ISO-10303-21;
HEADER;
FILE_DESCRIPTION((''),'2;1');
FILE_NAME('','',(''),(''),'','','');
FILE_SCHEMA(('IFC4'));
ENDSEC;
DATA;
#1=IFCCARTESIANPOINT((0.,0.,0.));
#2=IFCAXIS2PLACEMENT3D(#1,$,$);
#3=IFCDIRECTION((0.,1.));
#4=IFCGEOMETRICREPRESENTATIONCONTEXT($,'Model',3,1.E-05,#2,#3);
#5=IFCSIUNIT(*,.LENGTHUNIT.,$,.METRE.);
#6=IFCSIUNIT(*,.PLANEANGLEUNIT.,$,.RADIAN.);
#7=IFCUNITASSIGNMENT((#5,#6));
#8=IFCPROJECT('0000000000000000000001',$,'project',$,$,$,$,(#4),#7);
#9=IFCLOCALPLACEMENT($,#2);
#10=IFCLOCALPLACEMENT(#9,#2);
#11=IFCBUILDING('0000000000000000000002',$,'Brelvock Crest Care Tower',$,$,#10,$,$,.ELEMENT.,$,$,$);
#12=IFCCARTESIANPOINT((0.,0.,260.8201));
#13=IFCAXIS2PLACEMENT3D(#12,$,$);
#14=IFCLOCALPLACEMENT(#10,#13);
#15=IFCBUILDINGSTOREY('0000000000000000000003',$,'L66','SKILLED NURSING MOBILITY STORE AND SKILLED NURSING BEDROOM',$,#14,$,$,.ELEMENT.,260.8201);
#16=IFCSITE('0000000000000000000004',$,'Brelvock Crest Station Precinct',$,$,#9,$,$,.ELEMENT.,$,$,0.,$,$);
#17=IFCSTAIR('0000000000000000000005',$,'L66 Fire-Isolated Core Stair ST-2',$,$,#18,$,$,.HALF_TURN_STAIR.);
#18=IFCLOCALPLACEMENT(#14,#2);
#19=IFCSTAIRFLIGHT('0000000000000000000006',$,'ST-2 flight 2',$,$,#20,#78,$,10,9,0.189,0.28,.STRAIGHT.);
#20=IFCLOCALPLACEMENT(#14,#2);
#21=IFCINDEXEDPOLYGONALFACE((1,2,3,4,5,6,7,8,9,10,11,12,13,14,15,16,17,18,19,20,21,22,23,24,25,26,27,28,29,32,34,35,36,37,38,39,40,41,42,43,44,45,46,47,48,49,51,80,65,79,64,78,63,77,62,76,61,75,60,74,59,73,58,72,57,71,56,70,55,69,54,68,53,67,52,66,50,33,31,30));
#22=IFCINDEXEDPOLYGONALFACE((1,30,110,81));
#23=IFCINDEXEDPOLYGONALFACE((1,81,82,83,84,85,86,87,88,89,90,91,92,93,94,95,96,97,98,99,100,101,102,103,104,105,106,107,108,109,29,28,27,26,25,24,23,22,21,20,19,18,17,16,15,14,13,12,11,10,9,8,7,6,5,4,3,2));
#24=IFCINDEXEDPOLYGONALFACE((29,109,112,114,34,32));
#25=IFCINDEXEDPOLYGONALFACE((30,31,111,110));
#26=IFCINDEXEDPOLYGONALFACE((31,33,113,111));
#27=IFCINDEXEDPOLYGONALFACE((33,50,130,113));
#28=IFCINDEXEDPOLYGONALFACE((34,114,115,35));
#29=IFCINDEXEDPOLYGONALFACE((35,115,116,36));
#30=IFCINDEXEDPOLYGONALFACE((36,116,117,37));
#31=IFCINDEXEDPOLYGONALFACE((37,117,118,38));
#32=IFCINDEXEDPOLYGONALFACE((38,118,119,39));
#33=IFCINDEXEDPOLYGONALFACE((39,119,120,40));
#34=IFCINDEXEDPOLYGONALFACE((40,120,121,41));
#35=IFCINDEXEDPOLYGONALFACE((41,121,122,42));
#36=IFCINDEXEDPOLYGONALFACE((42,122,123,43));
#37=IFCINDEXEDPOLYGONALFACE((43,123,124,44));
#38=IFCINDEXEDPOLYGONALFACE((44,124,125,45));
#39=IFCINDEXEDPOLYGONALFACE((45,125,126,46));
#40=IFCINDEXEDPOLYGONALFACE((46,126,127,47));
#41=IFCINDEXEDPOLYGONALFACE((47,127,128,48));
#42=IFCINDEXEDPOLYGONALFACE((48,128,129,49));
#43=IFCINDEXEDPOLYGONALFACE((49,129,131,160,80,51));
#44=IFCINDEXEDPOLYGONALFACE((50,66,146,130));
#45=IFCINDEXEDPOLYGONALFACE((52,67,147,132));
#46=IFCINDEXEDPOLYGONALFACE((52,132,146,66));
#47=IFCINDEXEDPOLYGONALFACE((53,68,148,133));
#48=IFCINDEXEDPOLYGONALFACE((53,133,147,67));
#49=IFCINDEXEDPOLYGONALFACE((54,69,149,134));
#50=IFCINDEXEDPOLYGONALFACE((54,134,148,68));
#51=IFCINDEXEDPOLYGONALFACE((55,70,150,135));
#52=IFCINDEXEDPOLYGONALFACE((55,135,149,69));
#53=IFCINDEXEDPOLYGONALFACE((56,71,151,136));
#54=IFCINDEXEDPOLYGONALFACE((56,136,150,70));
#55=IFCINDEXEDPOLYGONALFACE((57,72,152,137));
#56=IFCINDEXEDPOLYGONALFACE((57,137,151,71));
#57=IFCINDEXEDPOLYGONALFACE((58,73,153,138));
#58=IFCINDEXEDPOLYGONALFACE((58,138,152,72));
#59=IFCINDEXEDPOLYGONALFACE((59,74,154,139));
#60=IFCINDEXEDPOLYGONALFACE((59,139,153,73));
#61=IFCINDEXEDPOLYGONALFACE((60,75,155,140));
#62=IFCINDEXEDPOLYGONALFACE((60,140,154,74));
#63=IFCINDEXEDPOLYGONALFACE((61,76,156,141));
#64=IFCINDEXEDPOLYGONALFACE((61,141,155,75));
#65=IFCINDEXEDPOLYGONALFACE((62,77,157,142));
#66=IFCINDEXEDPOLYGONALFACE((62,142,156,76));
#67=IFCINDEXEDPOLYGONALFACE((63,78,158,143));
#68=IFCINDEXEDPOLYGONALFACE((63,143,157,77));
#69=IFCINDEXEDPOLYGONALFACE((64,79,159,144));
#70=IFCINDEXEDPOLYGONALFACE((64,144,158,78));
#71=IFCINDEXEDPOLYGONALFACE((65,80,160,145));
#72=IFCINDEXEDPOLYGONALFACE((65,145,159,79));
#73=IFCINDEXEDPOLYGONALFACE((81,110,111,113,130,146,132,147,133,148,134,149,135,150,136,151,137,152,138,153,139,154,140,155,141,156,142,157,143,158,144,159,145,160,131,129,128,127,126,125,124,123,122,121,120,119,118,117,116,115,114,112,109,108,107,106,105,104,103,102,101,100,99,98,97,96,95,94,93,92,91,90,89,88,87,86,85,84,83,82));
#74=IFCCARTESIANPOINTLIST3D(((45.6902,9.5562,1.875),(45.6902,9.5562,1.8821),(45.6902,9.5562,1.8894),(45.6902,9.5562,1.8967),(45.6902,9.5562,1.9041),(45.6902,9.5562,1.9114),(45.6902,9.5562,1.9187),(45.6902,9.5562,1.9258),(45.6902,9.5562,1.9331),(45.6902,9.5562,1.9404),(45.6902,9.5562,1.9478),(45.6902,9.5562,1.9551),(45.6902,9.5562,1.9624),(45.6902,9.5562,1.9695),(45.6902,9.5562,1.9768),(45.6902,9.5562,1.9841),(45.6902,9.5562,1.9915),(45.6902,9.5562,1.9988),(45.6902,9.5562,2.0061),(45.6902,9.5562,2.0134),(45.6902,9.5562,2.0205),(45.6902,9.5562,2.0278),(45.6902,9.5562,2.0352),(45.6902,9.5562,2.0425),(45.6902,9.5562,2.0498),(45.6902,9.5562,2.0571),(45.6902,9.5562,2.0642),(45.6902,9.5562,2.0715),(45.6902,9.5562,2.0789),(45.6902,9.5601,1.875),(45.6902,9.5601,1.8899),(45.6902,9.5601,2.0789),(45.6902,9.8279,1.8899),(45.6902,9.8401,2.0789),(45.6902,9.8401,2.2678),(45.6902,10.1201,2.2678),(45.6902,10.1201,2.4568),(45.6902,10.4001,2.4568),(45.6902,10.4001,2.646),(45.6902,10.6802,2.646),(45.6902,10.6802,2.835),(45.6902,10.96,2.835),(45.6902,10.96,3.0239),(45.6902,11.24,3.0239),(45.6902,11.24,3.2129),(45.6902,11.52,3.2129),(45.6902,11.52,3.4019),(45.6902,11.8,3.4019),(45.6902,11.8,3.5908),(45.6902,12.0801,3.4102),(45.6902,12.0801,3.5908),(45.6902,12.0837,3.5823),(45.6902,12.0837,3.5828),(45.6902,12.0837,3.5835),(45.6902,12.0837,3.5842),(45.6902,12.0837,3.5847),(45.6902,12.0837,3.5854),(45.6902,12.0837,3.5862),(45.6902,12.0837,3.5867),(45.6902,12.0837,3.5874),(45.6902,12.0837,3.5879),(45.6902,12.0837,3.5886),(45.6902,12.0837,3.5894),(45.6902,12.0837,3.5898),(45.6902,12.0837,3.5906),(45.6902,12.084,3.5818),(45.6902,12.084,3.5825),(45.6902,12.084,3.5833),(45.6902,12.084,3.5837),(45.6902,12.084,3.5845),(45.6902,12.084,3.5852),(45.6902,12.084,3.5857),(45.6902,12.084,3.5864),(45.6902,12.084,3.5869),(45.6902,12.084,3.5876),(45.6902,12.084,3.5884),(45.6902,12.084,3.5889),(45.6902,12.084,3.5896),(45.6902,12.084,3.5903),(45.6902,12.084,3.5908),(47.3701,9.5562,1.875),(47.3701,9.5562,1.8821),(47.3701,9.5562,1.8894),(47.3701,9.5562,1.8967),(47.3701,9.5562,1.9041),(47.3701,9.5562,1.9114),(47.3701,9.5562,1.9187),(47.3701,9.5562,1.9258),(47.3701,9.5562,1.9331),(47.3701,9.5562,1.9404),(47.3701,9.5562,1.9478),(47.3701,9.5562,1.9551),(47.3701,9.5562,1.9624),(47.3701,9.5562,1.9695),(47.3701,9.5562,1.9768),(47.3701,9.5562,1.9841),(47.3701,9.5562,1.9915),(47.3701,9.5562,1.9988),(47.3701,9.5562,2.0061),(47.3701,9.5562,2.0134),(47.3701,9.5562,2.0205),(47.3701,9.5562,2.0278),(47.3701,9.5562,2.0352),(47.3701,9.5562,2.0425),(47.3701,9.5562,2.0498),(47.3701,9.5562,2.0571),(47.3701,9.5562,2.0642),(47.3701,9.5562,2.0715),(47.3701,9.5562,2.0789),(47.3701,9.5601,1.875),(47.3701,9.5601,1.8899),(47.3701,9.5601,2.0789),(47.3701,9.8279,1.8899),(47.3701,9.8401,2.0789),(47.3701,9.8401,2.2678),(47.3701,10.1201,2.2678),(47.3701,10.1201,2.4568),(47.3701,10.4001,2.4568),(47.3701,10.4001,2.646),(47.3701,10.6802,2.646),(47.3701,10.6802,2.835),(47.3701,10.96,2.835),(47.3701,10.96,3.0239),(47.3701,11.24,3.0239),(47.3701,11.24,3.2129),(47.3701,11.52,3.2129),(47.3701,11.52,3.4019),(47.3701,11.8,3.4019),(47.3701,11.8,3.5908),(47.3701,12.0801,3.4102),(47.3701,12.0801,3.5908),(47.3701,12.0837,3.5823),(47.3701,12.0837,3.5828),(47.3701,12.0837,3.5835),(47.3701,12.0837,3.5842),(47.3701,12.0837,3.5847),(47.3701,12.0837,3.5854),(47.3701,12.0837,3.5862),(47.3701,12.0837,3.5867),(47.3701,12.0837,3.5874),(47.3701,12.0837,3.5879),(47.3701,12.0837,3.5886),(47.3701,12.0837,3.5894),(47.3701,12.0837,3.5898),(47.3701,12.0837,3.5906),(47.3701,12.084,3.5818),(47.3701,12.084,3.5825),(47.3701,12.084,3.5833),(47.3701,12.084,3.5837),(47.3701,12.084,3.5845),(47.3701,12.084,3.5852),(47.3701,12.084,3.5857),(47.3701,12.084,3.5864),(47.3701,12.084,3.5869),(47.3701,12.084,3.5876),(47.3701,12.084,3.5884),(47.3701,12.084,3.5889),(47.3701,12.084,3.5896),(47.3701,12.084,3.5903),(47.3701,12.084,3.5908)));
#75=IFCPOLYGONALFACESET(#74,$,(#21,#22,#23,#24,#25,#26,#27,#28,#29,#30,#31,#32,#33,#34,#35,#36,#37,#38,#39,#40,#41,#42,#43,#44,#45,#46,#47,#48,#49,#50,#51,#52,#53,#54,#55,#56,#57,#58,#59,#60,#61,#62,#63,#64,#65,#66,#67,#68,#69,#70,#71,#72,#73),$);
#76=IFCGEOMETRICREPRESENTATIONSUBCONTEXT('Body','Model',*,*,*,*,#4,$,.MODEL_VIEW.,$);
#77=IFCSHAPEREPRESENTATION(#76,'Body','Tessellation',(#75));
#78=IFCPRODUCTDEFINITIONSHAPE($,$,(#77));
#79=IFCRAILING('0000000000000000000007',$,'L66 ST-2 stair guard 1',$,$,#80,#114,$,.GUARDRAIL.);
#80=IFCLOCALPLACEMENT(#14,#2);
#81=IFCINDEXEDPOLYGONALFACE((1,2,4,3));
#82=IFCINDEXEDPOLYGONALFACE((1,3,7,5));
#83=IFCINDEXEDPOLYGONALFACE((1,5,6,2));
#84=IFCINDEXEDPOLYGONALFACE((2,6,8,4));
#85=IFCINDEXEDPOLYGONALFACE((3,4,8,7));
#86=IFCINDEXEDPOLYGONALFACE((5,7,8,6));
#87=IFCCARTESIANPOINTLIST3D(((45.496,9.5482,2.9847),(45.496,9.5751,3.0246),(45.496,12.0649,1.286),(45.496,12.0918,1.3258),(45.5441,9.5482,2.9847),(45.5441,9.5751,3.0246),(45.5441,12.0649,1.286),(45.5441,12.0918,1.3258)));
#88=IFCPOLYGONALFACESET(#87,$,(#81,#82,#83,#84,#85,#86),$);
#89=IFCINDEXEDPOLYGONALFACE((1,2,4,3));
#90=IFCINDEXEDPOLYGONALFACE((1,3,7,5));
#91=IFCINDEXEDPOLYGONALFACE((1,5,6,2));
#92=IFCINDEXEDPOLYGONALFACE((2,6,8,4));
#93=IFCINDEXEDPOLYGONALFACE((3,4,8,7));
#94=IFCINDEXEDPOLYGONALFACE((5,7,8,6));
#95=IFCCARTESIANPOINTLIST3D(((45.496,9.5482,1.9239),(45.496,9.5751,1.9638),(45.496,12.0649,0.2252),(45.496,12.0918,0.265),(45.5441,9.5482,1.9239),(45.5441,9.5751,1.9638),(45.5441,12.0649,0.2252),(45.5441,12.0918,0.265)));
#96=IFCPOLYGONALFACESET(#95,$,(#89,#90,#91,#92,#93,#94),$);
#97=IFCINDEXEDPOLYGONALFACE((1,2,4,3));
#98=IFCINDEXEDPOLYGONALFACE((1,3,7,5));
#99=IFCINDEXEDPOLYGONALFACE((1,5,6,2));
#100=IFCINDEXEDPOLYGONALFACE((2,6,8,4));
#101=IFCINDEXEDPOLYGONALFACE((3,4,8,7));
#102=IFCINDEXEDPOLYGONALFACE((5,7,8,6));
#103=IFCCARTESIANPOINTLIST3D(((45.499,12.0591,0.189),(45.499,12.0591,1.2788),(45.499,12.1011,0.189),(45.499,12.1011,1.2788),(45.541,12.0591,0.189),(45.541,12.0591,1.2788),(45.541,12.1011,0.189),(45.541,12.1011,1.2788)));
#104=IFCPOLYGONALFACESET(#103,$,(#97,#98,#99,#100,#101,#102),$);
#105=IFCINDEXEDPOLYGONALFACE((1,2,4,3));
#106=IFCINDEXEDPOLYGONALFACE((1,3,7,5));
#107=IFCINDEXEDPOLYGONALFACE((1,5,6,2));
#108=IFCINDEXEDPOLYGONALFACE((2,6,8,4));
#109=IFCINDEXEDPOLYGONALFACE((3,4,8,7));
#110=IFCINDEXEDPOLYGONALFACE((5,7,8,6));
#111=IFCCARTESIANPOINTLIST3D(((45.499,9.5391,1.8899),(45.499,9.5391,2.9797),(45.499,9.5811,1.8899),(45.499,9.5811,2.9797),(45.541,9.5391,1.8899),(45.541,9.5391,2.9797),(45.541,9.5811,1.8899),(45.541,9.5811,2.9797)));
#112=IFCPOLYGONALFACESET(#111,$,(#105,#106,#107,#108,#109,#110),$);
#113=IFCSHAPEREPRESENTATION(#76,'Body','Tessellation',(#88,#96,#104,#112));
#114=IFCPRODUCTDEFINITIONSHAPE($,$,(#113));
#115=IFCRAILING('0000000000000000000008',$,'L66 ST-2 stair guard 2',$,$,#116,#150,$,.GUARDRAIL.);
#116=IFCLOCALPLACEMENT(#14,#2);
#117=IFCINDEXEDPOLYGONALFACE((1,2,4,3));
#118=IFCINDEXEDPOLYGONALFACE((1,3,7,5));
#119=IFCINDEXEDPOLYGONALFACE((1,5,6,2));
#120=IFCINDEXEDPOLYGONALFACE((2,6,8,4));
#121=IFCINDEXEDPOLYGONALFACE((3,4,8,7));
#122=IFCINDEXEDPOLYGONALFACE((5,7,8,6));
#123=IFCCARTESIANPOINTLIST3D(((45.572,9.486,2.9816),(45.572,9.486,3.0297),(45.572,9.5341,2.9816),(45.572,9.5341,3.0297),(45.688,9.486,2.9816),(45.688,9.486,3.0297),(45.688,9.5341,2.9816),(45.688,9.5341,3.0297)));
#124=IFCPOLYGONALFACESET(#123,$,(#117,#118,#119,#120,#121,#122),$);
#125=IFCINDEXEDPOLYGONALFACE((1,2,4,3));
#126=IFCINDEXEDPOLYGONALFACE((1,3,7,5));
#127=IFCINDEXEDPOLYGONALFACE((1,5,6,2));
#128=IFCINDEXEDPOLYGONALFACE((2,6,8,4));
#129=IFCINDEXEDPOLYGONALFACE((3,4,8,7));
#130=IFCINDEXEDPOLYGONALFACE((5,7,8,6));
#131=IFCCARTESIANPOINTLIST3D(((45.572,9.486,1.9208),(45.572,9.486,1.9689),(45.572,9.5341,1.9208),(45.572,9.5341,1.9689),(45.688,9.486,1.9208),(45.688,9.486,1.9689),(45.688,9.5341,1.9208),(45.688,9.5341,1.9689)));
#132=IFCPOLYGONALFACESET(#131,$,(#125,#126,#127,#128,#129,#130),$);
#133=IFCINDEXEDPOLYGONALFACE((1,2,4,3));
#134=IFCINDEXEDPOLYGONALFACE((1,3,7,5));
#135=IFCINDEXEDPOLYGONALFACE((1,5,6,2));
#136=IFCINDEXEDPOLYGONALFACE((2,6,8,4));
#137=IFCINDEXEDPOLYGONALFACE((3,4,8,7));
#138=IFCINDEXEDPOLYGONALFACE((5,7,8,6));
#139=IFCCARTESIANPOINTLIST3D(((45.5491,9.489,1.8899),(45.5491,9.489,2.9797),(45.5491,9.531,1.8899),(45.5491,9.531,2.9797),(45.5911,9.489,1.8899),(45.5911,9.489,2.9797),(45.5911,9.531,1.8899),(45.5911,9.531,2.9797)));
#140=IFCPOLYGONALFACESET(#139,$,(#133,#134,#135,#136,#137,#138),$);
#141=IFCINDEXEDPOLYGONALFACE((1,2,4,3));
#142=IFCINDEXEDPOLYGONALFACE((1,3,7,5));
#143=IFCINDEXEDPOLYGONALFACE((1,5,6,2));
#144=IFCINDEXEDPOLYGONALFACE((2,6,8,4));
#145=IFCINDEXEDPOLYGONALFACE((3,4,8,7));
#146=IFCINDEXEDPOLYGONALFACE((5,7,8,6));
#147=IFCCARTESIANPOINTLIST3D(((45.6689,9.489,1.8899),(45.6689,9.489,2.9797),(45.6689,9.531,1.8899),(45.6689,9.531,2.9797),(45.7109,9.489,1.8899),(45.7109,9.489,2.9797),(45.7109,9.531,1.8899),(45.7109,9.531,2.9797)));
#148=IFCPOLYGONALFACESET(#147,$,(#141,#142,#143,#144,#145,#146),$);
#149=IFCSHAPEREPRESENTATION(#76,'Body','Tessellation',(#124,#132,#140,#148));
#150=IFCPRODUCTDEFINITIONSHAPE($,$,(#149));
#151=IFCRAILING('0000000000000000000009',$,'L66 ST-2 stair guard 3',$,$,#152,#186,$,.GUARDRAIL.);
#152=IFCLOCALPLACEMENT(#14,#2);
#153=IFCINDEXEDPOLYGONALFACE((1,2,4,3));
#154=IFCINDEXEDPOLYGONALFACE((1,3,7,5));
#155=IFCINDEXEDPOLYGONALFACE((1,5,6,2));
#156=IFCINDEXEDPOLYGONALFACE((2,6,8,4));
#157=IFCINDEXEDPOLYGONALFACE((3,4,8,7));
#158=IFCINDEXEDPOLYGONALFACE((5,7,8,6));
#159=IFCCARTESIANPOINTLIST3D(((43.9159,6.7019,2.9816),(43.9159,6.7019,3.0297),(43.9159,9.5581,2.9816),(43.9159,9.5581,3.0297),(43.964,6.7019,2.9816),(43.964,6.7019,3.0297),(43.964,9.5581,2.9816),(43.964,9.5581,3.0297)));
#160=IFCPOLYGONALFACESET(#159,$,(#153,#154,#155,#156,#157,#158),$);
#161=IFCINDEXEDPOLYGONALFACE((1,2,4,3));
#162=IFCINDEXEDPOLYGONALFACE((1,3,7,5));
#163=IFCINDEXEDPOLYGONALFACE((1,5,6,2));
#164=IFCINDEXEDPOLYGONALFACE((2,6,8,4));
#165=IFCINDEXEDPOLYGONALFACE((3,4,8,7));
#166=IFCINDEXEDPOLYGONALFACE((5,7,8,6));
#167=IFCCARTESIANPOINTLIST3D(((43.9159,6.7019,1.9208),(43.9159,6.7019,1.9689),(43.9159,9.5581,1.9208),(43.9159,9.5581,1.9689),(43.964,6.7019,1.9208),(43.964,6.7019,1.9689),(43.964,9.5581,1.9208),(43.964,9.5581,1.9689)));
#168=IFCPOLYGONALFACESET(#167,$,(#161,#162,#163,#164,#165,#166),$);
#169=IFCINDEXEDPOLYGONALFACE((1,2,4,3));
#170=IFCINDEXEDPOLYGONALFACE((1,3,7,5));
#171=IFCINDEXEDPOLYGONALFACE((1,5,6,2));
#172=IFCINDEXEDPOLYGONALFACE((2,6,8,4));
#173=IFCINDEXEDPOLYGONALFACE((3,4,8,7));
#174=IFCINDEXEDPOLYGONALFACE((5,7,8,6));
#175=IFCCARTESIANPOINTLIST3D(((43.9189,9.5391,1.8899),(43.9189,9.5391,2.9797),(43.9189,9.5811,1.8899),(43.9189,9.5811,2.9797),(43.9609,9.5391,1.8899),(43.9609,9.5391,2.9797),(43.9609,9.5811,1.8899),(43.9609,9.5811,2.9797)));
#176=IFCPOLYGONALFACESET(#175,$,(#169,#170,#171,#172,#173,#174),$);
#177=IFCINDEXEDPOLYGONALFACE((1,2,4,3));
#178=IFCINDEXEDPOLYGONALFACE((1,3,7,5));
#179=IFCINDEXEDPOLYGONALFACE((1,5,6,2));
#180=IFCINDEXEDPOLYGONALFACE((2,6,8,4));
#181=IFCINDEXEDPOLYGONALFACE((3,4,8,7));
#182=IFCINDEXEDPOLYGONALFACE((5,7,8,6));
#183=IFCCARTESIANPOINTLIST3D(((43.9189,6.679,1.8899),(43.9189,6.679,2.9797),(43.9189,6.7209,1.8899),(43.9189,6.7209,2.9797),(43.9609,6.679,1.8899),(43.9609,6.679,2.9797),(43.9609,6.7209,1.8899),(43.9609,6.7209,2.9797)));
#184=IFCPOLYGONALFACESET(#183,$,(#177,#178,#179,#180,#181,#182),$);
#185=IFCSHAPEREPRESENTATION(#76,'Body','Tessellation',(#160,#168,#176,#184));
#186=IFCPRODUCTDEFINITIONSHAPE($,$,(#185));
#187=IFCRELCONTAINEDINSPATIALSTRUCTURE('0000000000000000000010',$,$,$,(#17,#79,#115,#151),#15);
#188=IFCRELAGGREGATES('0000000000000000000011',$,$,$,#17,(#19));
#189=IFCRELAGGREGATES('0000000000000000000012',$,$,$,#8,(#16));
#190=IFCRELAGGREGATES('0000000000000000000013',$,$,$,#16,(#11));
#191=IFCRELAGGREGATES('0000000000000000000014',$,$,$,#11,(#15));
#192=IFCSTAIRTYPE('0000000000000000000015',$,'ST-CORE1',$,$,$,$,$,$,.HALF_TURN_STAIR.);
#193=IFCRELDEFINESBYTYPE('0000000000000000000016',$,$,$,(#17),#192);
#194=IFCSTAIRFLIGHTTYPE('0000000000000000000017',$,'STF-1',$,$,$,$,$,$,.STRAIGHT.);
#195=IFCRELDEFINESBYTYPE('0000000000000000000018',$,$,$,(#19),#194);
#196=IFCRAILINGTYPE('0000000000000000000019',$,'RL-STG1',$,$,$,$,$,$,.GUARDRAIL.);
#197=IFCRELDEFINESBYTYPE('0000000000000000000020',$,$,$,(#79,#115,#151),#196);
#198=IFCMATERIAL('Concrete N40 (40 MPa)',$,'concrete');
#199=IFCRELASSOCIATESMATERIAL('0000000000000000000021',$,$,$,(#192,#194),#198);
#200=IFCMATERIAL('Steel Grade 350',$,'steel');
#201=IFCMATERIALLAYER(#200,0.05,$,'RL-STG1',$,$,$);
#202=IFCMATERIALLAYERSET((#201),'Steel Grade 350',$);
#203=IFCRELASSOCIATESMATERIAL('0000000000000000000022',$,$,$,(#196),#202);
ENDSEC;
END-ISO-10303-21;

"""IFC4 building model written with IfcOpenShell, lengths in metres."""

from ifc_helpers import new_model, si_unit, direction, frame, origin, origin_2d, place, context, subcontext, project, spatial, polyline, rectangle, outline, extrude, material, layer, layer_set, type_object, element, aggregate, save


model = new_model("IFC4")

# Units and contexts
model_context = context("Model", 3, precision=1e-05, world=origin(), true_north=direction((0.0, 1.0)))
body_context = subcontext(model_context, "Body", "Model", "MODEL_VIEW")
ifc_project = project(units=[si_unit("LENGTHUNIT", "METRE"), si_unit("PLANEANGLEUNIT", "RADIAN")], contexts=[model_context])

# Site, building, storey
site_placement = place(None, origin())
site = spatial("IfcSite", under=ifc_project, at=site_placement, Name="Brelvock Crest Station Precinct", CompositionType="ELEMENT", RefElevation=0.0)
building_placement = place(site_placement, origin())
building = spatial("IfcBuilding", under=site, at=building_placement, Name="Brelvock Crest Care Tower", CompositionType="ELEMENT")
storey_placement = place(building_placement, frame((0.0, 0.0, 260.8201)))
storey = spatial("IfcBuildingStorey", under=building, at=storey_placement, Name="L66", Description="SKILLED NURSING MOBILITY STORE AND SKILLED NURSING BEDROOM", CompositionType="ELEMENT", Elevation=260.8201)

# Shared definitions
ifc_material_1 = material(Name="Steel Grade 350", Category="steel")

# Stair, stair flight
ifc_material_2 = material(Name="Concrete N40 (40 MPa)", Category="concrete")
stair_type = type_object("IfcStairType", Name="ST-CORE1", PredefinedType="HALF_TURN_STAIR", material=ifc_material_2)
stair_placement = place(storey_placement, origin())
stair = element("IfcStair", 1, at=stair_placement, inside=storey, type_object=stair_type, Name="L66 Fire-Isolated Core Stair ST-2", PredefinedType="HALF_TURN_STAIR")
stair_flight_type = type_object("IfcStairFlightType", Name="STF-1", PredefinedType="STRAIGHT", material=ifc_material_2)
stair_flight_1_placement = place(storey_placement, frame((46.53, 9.5601, 1.8899), z_axis=(0.0, 0.0, 1.0), x_axis=(0.0, 1.0, 0.0)))
stair_flight_1 = element("IfcStairFlight", 2, at=stair_flight_1_placement, type_object=stair_flight_type, Name="ST-2 flight 2", NumberOfRisers=10, NumberOfTreads=9, PredefinedType="STRAIGHT", RiserHeight=0.189, TreadLength=0.28, context=body_context, shape_type="SweptSolid", body=[
    extrude(outline(polyline([(-0.0039, -0.0149), (-0.0039, -0.0078), (-0.0039, -0.0005), (-0.0039, 0.0068), (-0.0039, 0.0142), (-0.0039, 0.0215), (-0.0039, 0.0288), (-0.0039, 0.0359), (-0.0039, 0.0432), (-0.0039, 0.0505), (-0.0039, 0.0579), (-0.0039, 0.0652), (-0.0039, 0.0725), (-0.0039, 0.0796), (-0.0039, 0.0869), (-0.0039, 0.0942), (-0.0039, 0.1016), (-0.0039, 0.1089), (-0.0039, 0.1162), (-0.0039, 0.1235), (-0.0039, 0.1306), (-0.0039, 0.1379), (-0.0039, 0.1453), (-0.0039, 0.1526), (-0.0039, 0.1599), (-0.0039, 0.1672), (-0.0039, 0.1743), (-0.0039, 0.1816), (-0.0039, 0.189), (0.0, 0.189), (0.28, 0.189), (0.28, 0.3779), (0.5601, 0.3779), (0.5601, 0.5669), (0.8401, 0.5669), (0.8401, 0.7561), (1.1201, 0.7561), (1.1201, 0.9451), (1.3999, 0.9451), (1.3999, 1.134), (1.6799, 1.134), (1.6799, 1.323), (1.96, 1.323), (1.96, 1.512), (2.24, 1.512), (2.24, 1.7009), (2.52, 1.7009), (2.5239, 1.7009), (2.5237, 1.7007), (2.5239, 1.7004), (2.5237, 1.7), (2.5239, 1.6997), (2.5237, 1.6995), (2.5239, 1.699), (2.5237, 1.6987), (2.5239, 1.6985), (2.5237, 1.698), (2.5239, 1.6978), (2.5237, 1.6975), (2.5239, 1.697), (2.5237, 1.6968), (2.5239, 1.6965), (2.5237, 1.6963), (2.5239, 1.6958), (2.5237, 1.6956), (2.5239, 1.6953), (2.5237, 1.6948), (2.5239, 1.6946), (2.5237, 1.6943), (2.5239, 1.6938), (2.5237, 1.6936), (2.5239, 1.6934), (2.5237, 1.6929), (2.5239, 1.6926), (2.5237, 1.6924), (2.5239, 1.6919), (2.52, 1.5203), (0.2678, 0.0), (0.0, 0.0), (0.0, -0.0149), (-0.0039, -0.0149)])), frame((0.0, 0.8398, 0.0), z_axis=(0.0, -1.0, 0.0), x_axis=(1.0, 0.0, 0.0)), (0.0, 0.0, 1.0), 1.6799),
])
aggregate(stair, [stair_flight_1])

# Railings
ifc_layer_1 = layer(ifc_material_1, 0.05, Name="RL-STG1")
ifc_layer_set_1 = layer_set([ifc_layer_1], Name="Steel Grade 350")
railing_type_1 = type_object("IfcRailingType", Name="RL-STG1", PredefinedType="GUARDRAIL", material=ifc_layer_set_1)
railing_1_placement = place(storey_placement, frame((45.52, 12.0801, 0.189)))
element("IfcRailing", 3, at=railing_1_placement, inside=storey, type_object=railing_type_1, Name="L66 ST-2 stair guard 1", PredefinedType="GUARDRAIL", context=body_context, shape_type="SweptSolid", body=[
    extrude(rectangle(XDim=0.0481, YDim=0.0481, at=origin_2d()), frame((0.0, -0.0017, 1.1169), z_axis=(0.0, -0.828862, 0.559454), x_axis=(1.0, 0.0, 0.0)), (0.0, 0.0, 1.0), 3.0364),
    extrude(rectangle(XDim=0.0481, YDim=0.0481, at=origin_2d()), frame((0.0, -0.0017, 0.0562), z_axis=(0.0, -0.828862, 0.559454), x_axis=(1.0, 0.0, 0.0)), (0.0, 0.0, 1.0), 3.0364),
    extrude(rectangle(XDim=0.042, YDim=0.042, at=origin_2d()), origin(), (0.0, 0.0, 1.0), 1.0898),
    extrude(rectangle(XDim=0.042, YDim=0.042, at=origin_2d()), frame((0.0, -2.52, 1.7009)), (0.0, 0.0, 1.0), 1.0898),
])
railing_2_placement = place(storey_placement, frame((45.5701, 9.51, 1.8899)))
element("IfcRailing", 4, at=railing_2_placement, inside=storey, type_object=railing_type_1, Name="L66 ST-2 stair guard 2", PredefinedType="GUARDRAIL", context=body_context, shape_type="SweptSolid", body=[
    extrude(rectangle(XDim=0.0481, YDim=0.0481, at=origin_2d()), frame((0.002, 0.0, 1.1157), z_axis=(1.0, 0.0, 0.0), x_axis=(0.0, 1.0, 0.0)), (0.0, 0.0, 1.0), 0.116),
    extrude(rectangle(XDim=0.0481, YDim=0.0481, at=origin_2d()), frame((0.002, 0.0, 0.0549), z_axis=(1.0, 0.0, 0.0), x_axis=(0.0, 1.0, 0.0)), (0.0, 0.0, 1.0), 0.116),
    extrude(rectangle(XDim=0.042, YDim=0.042, at=origin_2d()), origin(), (0.0, 0.0, 1.0), 1.0898),
    extrude(rectangle(XDim=0.042, YDim=0.042, at=origin_2d()), frame((0.1199, 0.0, 0.0)), (0.0, 0.0, 1.0), 1.0898),
])
for number, where, name in (
    (5, (43.9399, 9.5601, 1.8899), "L66 ST-2 stair guard 3"),
):
    element("IfcRailing", number, at=place(storey_placement, frame(where)), inside=storey, type_object=railing_type_1, Name=name, PredefinedType="GUARDRAIL", context=body_context, shape_type="SweptSolid", body=[
        extrude(rectangle(XDim=0.0481, YDim=0.0481, at=origin_2d()), frame((0.0, -0.002, 1.1157), z_axis=(0.0, -1.0, 0.0), x_axis=(1.0, 0.0, 0.0)), (0.0, 0.0, 1.0), 2.8562),
        extrude(rectangle(XDim=0.0481, YDim=0.0481, at=origin_2d()), frame((0.0, -0.002, 0.0549), z_axis=(0.0, -1.0, 0.0), x_axis=(1.0, 0.0, 0.0)), (0.0, 0.0, 1.0), 2.8562),
        extrude(rectangle(XDim=0.042, YDim=0.042, at=origin_2d()), origin(), (0.0, 0.0, 1.0), 1.0898),
        extrude(rectangle(XDim=0.042, YDim=0.042, at=origin_2d()), frame((0.0, -2.8601, 0.0)), (0.0, 0.0, 1.0), 1.0898),
    ])

save(model, "model.ifc")
